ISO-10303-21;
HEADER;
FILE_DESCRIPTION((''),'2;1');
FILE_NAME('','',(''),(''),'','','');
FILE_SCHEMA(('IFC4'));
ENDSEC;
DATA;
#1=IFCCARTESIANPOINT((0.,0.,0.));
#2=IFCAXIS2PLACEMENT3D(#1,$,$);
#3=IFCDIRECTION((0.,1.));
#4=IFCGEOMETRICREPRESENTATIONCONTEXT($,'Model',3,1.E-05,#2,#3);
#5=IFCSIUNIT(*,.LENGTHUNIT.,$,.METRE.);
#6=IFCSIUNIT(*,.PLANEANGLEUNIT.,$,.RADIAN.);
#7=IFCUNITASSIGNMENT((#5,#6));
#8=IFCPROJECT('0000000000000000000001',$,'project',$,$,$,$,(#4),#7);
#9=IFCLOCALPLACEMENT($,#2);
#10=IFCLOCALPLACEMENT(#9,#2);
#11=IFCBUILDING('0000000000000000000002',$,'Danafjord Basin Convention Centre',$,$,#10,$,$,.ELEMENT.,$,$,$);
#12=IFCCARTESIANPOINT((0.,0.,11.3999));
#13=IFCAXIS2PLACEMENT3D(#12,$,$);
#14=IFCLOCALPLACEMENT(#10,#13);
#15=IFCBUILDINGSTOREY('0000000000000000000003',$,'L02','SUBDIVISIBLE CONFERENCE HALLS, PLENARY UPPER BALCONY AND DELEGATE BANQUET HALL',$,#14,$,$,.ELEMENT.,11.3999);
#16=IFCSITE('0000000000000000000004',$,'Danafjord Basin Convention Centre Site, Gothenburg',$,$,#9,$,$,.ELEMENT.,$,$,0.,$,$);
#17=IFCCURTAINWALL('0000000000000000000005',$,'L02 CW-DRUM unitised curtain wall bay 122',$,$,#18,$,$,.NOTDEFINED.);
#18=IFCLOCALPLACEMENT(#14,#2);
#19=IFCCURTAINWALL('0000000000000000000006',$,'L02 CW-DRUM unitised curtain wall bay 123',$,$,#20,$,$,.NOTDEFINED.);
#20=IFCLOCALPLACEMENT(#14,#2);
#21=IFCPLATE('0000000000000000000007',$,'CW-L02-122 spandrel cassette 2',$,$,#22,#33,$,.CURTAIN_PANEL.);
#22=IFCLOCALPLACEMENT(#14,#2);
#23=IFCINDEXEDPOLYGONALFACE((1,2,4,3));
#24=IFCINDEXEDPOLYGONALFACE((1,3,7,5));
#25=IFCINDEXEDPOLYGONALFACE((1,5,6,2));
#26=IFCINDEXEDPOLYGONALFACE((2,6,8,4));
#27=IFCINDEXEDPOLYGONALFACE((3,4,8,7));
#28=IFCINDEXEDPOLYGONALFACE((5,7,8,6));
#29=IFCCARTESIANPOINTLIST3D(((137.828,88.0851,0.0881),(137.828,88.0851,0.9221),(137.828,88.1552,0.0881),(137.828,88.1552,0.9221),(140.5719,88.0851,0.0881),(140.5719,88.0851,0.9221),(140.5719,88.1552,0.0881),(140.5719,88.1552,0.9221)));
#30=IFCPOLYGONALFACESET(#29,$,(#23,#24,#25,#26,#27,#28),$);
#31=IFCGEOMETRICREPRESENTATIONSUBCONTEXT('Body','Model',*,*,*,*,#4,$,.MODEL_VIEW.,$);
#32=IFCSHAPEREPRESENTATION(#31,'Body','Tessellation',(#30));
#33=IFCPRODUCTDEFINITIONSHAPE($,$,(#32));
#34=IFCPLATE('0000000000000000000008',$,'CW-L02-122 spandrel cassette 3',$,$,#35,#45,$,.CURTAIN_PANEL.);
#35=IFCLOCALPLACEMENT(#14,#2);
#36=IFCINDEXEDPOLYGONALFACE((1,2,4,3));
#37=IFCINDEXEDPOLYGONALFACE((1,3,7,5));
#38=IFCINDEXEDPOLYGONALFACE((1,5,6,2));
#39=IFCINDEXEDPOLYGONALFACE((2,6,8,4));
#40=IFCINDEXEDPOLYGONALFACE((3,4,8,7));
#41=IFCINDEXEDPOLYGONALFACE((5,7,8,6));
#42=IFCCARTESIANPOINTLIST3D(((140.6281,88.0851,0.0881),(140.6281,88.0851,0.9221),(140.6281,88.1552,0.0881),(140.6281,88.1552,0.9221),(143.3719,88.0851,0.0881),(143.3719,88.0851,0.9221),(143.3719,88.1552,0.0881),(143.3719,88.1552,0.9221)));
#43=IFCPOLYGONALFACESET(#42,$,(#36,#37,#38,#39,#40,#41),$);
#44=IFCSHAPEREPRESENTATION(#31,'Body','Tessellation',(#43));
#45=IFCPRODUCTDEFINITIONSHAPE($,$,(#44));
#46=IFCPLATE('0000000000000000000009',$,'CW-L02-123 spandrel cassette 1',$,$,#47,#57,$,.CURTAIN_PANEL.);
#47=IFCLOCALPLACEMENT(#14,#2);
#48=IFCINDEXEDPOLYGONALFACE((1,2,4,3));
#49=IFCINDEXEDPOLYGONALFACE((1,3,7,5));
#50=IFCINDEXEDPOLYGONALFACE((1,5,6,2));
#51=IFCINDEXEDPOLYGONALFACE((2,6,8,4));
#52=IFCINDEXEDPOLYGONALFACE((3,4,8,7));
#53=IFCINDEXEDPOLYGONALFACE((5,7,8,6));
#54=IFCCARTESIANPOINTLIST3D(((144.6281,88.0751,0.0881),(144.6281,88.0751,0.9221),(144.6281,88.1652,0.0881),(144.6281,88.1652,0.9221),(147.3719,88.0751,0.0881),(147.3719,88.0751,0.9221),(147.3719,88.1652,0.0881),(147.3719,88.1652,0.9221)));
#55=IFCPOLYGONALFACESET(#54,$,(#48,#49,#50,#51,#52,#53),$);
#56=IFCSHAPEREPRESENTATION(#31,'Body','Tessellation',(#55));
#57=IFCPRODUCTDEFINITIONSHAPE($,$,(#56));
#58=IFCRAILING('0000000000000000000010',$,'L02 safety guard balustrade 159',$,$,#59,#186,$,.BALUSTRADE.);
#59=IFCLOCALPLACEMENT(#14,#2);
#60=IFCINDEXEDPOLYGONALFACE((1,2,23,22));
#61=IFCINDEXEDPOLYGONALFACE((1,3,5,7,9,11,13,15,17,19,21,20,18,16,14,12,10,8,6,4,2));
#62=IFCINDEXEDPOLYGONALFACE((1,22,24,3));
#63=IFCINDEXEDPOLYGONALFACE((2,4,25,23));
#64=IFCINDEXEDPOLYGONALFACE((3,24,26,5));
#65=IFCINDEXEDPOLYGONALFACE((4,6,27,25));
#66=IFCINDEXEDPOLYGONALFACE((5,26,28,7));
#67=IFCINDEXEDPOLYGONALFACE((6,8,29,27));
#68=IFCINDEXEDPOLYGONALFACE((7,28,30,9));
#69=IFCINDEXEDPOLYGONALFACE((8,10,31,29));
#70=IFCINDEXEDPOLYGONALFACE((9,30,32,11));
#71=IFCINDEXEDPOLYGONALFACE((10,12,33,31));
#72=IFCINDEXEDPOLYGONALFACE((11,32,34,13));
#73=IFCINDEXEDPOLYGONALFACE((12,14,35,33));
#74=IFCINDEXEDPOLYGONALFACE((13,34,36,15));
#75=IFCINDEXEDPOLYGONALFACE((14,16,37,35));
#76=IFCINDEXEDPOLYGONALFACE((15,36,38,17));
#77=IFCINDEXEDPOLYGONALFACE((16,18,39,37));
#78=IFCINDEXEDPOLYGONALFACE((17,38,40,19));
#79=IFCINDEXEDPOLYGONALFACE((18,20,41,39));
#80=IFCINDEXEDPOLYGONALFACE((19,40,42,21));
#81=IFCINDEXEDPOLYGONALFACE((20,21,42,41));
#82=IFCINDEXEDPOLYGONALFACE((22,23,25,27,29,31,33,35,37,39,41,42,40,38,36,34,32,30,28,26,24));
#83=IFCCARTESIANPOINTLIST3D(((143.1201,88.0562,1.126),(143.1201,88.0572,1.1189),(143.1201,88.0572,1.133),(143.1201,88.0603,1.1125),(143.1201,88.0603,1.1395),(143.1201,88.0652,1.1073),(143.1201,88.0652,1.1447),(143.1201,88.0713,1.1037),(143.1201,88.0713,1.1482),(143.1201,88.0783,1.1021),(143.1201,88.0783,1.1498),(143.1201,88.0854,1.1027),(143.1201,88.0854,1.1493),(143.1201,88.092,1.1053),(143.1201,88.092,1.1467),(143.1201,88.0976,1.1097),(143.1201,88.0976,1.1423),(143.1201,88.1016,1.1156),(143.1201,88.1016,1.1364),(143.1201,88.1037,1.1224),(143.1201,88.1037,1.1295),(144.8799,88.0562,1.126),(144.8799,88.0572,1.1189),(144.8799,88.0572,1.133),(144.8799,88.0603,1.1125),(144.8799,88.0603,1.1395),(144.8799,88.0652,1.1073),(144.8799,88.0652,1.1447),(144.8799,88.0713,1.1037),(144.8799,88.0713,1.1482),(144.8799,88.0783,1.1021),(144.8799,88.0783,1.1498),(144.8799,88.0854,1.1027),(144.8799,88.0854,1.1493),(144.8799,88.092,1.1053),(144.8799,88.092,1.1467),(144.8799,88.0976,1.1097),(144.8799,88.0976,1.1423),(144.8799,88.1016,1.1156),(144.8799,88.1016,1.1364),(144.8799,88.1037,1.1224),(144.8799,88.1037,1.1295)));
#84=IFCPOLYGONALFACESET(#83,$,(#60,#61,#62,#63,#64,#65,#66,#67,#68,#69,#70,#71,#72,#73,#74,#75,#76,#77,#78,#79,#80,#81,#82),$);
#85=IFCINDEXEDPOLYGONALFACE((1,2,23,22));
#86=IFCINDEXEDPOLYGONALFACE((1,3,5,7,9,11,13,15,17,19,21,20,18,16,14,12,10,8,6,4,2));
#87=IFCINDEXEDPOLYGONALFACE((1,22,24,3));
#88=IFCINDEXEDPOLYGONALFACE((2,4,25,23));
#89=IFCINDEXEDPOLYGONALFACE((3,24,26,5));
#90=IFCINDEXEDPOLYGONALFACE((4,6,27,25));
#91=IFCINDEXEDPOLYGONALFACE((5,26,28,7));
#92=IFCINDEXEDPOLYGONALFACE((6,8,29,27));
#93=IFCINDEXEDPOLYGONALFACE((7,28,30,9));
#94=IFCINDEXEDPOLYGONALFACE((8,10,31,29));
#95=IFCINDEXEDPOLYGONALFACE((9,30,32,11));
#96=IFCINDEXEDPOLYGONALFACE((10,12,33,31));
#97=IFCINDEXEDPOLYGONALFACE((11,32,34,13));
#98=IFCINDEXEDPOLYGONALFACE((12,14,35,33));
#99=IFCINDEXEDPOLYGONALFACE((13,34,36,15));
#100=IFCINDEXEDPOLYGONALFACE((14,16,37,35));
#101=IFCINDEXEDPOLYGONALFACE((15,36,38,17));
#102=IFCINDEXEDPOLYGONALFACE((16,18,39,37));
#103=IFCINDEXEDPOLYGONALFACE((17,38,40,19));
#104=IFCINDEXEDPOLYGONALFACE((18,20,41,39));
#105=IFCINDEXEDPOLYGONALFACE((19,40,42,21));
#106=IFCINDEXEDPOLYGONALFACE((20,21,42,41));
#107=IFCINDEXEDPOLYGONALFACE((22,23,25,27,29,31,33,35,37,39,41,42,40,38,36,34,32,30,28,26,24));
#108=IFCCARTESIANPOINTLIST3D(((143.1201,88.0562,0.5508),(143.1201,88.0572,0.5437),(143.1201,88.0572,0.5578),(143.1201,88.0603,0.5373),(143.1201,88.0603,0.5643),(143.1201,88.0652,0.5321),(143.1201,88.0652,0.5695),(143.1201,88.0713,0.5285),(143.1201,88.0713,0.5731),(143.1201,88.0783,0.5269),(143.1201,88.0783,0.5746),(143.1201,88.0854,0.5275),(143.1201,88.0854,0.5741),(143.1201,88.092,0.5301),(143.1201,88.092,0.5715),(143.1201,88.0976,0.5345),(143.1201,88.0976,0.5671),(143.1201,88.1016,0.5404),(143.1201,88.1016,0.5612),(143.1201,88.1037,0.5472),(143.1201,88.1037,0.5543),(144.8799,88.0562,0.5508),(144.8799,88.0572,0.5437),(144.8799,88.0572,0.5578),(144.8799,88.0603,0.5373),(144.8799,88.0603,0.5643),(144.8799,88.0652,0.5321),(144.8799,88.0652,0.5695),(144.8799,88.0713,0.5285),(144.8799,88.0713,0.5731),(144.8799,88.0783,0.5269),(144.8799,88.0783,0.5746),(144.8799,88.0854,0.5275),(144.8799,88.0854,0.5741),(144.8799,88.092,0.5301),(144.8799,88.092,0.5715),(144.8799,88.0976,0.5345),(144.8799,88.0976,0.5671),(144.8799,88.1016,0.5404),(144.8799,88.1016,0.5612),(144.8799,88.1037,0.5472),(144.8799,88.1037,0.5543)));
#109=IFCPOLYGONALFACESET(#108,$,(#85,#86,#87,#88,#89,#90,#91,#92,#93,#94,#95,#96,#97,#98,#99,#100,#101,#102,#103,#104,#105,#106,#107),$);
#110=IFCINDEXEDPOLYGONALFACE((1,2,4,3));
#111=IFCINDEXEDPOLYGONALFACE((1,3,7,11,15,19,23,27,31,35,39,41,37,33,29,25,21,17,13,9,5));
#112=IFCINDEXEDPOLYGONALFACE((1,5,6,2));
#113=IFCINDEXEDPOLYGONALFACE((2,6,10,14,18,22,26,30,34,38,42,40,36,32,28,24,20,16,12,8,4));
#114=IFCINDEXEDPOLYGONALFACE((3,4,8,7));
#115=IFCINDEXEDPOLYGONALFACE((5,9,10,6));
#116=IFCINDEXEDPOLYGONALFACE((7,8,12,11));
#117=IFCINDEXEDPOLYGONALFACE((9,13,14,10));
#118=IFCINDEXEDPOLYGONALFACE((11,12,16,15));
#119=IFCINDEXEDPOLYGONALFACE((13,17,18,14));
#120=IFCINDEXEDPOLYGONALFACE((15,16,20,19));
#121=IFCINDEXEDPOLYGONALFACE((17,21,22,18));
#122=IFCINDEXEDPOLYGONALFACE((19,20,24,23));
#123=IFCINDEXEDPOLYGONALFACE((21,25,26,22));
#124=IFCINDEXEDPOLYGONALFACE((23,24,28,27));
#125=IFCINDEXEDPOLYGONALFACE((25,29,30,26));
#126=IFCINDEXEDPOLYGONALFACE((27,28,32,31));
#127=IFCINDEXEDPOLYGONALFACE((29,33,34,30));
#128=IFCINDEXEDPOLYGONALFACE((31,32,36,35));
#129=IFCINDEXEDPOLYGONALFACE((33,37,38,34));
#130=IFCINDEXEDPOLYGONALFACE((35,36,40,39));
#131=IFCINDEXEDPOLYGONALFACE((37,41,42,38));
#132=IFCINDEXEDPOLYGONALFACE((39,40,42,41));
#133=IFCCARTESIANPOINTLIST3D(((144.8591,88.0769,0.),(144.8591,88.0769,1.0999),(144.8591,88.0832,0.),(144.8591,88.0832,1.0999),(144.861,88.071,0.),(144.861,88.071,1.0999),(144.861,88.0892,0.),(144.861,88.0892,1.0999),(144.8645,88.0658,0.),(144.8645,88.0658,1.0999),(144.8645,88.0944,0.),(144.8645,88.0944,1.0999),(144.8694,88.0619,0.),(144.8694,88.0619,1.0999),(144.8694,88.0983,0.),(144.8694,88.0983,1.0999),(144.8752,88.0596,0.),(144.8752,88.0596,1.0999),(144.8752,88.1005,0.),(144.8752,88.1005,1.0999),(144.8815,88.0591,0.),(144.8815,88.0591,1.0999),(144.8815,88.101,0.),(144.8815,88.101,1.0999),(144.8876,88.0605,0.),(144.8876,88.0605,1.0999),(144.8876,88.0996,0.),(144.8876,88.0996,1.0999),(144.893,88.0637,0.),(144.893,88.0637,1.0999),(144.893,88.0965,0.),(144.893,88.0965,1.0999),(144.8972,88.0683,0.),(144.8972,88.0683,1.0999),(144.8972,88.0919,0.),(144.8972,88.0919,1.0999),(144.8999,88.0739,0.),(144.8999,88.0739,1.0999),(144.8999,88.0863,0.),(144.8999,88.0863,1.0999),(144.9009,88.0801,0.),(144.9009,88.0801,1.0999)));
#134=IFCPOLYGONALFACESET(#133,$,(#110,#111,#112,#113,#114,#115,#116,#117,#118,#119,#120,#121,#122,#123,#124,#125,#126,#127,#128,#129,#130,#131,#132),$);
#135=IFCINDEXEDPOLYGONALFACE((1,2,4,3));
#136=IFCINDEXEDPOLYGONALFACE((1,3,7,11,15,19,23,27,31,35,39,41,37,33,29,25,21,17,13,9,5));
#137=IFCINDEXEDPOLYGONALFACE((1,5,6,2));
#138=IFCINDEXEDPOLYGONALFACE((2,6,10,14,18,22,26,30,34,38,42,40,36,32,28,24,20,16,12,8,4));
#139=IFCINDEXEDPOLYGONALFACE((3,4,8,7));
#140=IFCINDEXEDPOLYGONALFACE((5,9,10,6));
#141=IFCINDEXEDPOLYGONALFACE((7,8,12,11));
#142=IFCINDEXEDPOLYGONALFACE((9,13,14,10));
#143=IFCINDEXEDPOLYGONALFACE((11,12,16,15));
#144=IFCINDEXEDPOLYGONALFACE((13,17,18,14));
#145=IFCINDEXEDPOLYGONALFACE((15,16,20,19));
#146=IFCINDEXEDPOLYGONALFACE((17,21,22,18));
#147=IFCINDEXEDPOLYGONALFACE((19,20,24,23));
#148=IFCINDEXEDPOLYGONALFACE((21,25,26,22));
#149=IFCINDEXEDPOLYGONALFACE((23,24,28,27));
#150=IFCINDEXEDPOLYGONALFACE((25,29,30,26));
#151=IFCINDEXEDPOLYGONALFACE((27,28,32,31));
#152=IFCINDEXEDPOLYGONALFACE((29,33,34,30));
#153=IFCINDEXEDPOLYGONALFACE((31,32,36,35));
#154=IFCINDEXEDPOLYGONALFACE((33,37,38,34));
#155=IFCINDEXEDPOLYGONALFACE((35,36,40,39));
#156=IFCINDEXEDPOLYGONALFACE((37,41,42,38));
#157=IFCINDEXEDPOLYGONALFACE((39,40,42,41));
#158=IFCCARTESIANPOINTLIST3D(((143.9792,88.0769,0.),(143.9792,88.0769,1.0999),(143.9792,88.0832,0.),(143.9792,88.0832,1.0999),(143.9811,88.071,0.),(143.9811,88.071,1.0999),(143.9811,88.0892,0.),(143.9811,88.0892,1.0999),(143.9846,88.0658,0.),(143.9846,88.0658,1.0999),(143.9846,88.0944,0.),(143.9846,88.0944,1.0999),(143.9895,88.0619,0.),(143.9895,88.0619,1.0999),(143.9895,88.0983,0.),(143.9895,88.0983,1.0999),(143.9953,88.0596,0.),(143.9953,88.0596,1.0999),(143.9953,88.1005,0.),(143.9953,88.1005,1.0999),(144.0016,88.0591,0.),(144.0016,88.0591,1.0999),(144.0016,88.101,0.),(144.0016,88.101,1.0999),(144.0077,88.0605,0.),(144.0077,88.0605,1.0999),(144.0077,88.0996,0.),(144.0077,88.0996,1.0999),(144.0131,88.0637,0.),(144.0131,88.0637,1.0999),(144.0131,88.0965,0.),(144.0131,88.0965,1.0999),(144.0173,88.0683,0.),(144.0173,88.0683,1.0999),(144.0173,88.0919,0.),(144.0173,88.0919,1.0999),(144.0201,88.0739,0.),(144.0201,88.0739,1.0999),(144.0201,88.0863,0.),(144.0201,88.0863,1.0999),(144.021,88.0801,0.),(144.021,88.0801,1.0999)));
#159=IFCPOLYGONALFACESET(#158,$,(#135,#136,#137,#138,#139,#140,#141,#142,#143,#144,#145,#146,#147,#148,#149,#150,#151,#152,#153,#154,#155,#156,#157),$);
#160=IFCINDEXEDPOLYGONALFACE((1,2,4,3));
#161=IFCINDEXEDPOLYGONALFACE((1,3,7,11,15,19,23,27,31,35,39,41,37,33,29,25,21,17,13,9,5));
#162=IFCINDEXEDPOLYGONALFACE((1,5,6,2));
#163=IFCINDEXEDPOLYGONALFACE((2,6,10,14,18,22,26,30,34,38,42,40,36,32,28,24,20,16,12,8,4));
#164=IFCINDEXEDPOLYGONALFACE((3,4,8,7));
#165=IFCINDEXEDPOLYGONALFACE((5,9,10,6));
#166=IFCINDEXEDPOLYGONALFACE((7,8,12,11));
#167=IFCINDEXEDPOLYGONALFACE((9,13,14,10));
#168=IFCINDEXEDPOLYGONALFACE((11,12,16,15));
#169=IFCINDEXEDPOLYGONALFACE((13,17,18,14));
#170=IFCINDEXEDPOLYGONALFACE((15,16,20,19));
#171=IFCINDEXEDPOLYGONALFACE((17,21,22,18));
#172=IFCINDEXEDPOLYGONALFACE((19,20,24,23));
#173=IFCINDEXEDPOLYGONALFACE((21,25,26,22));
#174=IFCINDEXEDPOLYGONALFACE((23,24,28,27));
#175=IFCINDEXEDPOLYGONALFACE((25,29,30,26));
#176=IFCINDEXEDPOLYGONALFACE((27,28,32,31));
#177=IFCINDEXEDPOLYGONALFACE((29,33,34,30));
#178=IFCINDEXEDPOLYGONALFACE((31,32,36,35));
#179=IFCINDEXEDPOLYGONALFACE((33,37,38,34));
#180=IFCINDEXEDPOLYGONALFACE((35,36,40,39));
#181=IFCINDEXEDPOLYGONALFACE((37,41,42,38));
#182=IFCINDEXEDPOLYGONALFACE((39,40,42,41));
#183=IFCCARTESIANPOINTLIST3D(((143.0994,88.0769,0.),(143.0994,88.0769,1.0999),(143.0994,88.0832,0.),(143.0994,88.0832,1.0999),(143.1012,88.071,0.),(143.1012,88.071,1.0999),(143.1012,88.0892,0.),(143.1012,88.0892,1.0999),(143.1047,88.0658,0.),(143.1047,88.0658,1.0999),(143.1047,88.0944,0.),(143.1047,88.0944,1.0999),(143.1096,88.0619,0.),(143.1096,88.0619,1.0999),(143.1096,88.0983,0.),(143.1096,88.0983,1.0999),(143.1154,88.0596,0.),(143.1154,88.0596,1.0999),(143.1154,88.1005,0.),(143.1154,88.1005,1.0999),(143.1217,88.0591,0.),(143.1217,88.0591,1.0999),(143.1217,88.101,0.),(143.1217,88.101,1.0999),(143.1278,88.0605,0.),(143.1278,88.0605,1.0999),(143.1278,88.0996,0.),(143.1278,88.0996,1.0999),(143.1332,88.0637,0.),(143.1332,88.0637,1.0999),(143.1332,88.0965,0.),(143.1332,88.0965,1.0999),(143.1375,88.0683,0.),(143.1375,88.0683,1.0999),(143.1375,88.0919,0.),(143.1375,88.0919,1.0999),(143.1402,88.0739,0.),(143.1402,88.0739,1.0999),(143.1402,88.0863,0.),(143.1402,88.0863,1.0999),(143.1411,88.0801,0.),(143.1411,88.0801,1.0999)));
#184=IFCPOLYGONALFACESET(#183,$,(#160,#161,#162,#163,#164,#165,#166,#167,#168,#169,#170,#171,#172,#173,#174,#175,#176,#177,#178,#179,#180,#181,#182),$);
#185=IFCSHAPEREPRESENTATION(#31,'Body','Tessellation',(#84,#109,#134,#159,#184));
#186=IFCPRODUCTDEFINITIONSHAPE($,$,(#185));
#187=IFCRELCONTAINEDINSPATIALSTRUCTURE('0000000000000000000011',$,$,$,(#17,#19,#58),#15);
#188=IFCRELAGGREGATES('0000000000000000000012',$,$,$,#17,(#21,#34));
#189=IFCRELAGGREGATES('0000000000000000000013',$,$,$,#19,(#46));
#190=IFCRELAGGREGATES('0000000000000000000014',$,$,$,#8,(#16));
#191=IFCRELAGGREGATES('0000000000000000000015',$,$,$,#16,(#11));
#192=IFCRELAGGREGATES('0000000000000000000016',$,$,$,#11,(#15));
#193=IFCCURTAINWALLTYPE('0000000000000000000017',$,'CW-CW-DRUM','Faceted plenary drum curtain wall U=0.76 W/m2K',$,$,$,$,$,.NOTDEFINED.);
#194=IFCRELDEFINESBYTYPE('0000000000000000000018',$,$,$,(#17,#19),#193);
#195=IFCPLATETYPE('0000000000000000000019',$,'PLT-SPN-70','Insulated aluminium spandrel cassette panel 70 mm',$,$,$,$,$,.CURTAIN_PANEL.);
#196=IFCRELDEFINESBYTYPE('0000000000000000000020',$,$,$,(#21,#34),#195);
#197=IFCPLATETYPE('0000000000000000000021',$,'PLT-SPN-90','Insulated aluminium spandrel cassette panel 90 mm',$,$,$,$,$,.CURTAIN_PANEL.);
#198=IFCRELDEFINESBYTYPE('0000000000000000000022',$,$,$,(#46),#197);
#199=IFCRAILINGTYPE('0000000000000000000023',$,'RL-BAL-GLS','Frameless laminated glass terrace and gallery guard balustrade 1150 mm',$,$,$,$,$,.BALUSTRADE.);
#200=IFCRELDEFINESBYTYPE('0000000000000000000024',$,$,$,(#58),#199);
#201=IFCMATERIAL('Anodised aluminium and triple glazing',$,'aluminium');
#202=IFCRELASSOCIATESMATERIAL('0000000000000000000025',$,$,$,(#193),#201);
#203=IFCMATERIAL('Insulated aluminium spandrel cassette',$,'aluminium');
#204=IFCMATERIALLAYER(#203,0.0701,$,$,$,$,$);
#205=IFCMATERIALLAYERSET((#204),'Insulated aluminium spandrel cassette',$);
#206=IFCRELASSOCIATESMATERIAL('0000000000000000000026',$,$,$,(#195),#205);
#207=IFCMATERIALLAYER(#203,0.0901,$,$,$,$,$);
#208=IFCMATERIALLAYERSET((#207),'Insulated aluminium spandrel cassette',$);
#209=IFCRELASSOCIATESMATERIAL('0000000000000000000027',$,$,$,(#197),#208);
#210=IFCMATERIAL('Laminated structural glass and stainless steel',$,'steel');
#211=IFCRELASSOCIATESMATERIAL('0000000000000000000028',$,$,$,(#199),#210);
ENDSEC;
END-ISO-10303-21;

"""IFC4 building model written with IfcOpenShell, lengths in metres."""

from ifc_helpers import new_model, si_unit, direction, frame, origin, origin_2d, place, context, subcontext, project, spatial, rectangle, circle, extrude, material, layer, layer_set, type_object, element, aggregate, save


model = new_model("IFC4")

# Units and contexts
model_context = context("Model", 3, precision=1e-05, world=origin(), true_north=direction((0.0, 1.0)))
body_context = subcontext(model_context, "Body", "Model", "MODEL_VIEW")
ifc_project = project(units=[si_unit("LENGTHUNIT", "METRE"), si_unit("PLANEANGLEUNIT", "RADIAN")], contexts=[model_context])

# Site, building, storey
site_placement = place(None, origin())
site = spatial("IfcSite", under=ifc_project, at=site_placement, Name="Danafjord Basin Convention Centre Site, Gothenburg", CompositionType="ELEMENT", RefElevation=0.0)
building_placement = place(site_placement, origin())
building = spatial("IfcBuilding", under=site, at=building_placement, Name="Danafjord Basin Convention Centre", CompositionType="ELEMENT")
storey_placement = place(building_placement, frame((0.0, 0.0, 11.3999)))
storey = spatial("IfcBuildingStorey", under=building, at=storey_placement, Name="L02", Description="SUBDIVISIBLE CONFERENCE HALLS, PLENARY UPPER BALCONY AND DELEGATE BANQUET HALL", CompositionType="ELEMENT", Elevation=11.3999)

# Curtain walls
ifc_material_1 = material(Name="Anodised aluminium and triple glazing", Category="aluminium")
curtain_wall_type = type_object("IfcCurtainWallType", Name="CW-CW-DRUM", Description="Faceted plenary drum curtain wall U=0.76 W/m2K", PredefinedType="NOTDEFINED", material=ifc_material_1)
curtain_wall_1_placement = place(storey_placement, origin())
curtain_wall_1 = element("IfcCurtainWall", 1, at=curtain_wall_1_placement, inside=storey, type_object=curtain_wall_type, Name="L02 CW-DRUM unitised curtain wall bay 122", PredefinedType="NOTDEFINED")
curtain_wall_2_placement = place(storey_placement, origin())
curtain_wall_2 = element("IfcCurtainWall", 2, at=curtain_wall_2_placement, inside=storey, type_object=curtain_wall_type, Name="L02 CW-DRUM unitised curtain wall bay 123", PredefinedType="NOTDEFINED")

# Plates
ifc_material_2 = material(Name="Insulated aluminium spandrel cassette", Category="aluminium")
ifc_layer_1 = layer(ifc_material_2, 0.0701)
ifc_layer_set_1 = layer_set([ifc_layer_1], Name="Insulated aluminium spandrel cassette")
plate_type_1 = type_object("IfcPlateType", Name="PLT-SPN-70", Description="Insulated aluminium spandrel cassette panel 70 mm", PredefinedType="CURTAIN_PANEL", material=ifc_layer_set_1)
plate_1_placement = place(storey_placement, frame((139.2, 88.1201, 0.0881), z_axis=(0.0, 0.0, 1.0), x_axis=(1.0, 0.0, 0.0)))
plate_1 = element("IfcPlate", 3, at=plate_1_placement, type_object=plate_type_1, Name="CW-L02-122 spandrel cassette 2", PredefinedType="CURTAIN_PANEL", context=body_context, shape_type="SweptSolid", body=[
    extrude(rectangle(XDim=2.7439, YDim=0.0701, at=origin_2d()), origin(), (0.0, 0.0, 1.0), 0.834),
])
plate_2_placement = place(storey_placement, frame((142.0, 88.1201, 0.0881), z_axis=(0.0, 0.0, 1.0), x_axis=(1.0, 0.0, 0.0)))
plate_2 = element("IfcPlate", 4, at=plate_2_placement, type_object=plate_type_1, Name="CW-L02-122 spandrel cassette 3", PredefinedType="CURTAIN_PANEL", context=body_context, shape_type="SweptSolid", body=[
    extrude(rectangle(XDim=2.7439, YDim=0.0701, at=origin_2d()), origin(), (0.0, 0.0, 1.0), 0.834),
])
aggregate(curtain_wall_1, [plate_1, plate_2])
ifc_layer_2 = layer(ifc_material_2, 0.0901)
ifc_layer_set_2 = layer_set([ifc_layer_2], Name="Insulated aluminium spandrel cassette")
plate_type_2 = type_object("IfcPlateType", Name="PLT-SPN-90", Description="Insulated aluminium spandrel cassette panel 90 mm", PredefinedType="CURTAIN_PANEL", material=ifc_layer_set_2)
plate_3_placement = place(storey_placement, frame((146.0, 88.1201, 0.0881), z_axis=(0.0, 0.0, 1.0), x_axis=(1.0, 0.0, 0.0)))
plate_3 = element("IfcPlate", 5, at=plate_3_placement, type_object=plate_type_2, Name="CW-L02-123 spandrel cassette 1", PredefinedType="CURTAIN_PANEL", context=body_context, shape_type="SweptSolid", body=[
    extrude(rectangle(XDim=2.7439, YDim=0.0901, at=origin_2d()), origin(), (0.0, 0.0, 1.0), 0.834),
])
aggregate(curtain_wall_2, [plate_3])

# Railing
ifc_material_3 = material(Name="Laminated structural glass and stainless steel", Category="steel")
railing_type = type_object("IfcRailingType", Name="RL-BAL-GLS", Description="Frameless laminated glass terrace and gallery guard balustrade 1150 mm", PredefinedType="BALUSTRADE", material=ifc_material_3)
railing_1_placement = place(storey_placement, frame((144.8799, 88.0801, 0.0)))
element("IfcRailing", 6, at=railing_1_placement, inside=storey, type_object=railing_type, Name="L02 safety guard balustrade 159", PredefinedType="BALUSTRADE", context=body_context, shape_type="SweptSolid", body=[
    extrude(circle(Radius=0.0239, at=origin_2d()), frame((0.0, 0.0, 1.126), z_axis=(-1.0, 0.0, 0.0), x_axis=(0.0, -1.0, 0.0)), (0.0, 0.0, 1.0), 1.7598),
    extrude(circle(Radius=0.0239, at=origin_2d()), frame((0.0, 0.0, 0.5508), z_axis=(-1.0, 0.0, 0.0), x_axis=(0.0, -1.0, 0.0)), (0.0, 0.0, 1.0), 1.7598),
    extrude(circle(Radius=0.021, at=origin_2d()), origin(), (0.0, 0.0, 1.0), 1.0999),
    extrude(circle(Radius=0.021, at=origin_2d()), frame((-0.8799, 0.0, 0.0)), (0.0, 0.0, 1.0), 1.0999),
    extrude(circle(Radius=0.021, at=origin_2d()), frame((-1.7598, 0.0, 0.0)), (0.0, 0.0, 1.0), 1.0999),
])

save(model, "model.ifc")
